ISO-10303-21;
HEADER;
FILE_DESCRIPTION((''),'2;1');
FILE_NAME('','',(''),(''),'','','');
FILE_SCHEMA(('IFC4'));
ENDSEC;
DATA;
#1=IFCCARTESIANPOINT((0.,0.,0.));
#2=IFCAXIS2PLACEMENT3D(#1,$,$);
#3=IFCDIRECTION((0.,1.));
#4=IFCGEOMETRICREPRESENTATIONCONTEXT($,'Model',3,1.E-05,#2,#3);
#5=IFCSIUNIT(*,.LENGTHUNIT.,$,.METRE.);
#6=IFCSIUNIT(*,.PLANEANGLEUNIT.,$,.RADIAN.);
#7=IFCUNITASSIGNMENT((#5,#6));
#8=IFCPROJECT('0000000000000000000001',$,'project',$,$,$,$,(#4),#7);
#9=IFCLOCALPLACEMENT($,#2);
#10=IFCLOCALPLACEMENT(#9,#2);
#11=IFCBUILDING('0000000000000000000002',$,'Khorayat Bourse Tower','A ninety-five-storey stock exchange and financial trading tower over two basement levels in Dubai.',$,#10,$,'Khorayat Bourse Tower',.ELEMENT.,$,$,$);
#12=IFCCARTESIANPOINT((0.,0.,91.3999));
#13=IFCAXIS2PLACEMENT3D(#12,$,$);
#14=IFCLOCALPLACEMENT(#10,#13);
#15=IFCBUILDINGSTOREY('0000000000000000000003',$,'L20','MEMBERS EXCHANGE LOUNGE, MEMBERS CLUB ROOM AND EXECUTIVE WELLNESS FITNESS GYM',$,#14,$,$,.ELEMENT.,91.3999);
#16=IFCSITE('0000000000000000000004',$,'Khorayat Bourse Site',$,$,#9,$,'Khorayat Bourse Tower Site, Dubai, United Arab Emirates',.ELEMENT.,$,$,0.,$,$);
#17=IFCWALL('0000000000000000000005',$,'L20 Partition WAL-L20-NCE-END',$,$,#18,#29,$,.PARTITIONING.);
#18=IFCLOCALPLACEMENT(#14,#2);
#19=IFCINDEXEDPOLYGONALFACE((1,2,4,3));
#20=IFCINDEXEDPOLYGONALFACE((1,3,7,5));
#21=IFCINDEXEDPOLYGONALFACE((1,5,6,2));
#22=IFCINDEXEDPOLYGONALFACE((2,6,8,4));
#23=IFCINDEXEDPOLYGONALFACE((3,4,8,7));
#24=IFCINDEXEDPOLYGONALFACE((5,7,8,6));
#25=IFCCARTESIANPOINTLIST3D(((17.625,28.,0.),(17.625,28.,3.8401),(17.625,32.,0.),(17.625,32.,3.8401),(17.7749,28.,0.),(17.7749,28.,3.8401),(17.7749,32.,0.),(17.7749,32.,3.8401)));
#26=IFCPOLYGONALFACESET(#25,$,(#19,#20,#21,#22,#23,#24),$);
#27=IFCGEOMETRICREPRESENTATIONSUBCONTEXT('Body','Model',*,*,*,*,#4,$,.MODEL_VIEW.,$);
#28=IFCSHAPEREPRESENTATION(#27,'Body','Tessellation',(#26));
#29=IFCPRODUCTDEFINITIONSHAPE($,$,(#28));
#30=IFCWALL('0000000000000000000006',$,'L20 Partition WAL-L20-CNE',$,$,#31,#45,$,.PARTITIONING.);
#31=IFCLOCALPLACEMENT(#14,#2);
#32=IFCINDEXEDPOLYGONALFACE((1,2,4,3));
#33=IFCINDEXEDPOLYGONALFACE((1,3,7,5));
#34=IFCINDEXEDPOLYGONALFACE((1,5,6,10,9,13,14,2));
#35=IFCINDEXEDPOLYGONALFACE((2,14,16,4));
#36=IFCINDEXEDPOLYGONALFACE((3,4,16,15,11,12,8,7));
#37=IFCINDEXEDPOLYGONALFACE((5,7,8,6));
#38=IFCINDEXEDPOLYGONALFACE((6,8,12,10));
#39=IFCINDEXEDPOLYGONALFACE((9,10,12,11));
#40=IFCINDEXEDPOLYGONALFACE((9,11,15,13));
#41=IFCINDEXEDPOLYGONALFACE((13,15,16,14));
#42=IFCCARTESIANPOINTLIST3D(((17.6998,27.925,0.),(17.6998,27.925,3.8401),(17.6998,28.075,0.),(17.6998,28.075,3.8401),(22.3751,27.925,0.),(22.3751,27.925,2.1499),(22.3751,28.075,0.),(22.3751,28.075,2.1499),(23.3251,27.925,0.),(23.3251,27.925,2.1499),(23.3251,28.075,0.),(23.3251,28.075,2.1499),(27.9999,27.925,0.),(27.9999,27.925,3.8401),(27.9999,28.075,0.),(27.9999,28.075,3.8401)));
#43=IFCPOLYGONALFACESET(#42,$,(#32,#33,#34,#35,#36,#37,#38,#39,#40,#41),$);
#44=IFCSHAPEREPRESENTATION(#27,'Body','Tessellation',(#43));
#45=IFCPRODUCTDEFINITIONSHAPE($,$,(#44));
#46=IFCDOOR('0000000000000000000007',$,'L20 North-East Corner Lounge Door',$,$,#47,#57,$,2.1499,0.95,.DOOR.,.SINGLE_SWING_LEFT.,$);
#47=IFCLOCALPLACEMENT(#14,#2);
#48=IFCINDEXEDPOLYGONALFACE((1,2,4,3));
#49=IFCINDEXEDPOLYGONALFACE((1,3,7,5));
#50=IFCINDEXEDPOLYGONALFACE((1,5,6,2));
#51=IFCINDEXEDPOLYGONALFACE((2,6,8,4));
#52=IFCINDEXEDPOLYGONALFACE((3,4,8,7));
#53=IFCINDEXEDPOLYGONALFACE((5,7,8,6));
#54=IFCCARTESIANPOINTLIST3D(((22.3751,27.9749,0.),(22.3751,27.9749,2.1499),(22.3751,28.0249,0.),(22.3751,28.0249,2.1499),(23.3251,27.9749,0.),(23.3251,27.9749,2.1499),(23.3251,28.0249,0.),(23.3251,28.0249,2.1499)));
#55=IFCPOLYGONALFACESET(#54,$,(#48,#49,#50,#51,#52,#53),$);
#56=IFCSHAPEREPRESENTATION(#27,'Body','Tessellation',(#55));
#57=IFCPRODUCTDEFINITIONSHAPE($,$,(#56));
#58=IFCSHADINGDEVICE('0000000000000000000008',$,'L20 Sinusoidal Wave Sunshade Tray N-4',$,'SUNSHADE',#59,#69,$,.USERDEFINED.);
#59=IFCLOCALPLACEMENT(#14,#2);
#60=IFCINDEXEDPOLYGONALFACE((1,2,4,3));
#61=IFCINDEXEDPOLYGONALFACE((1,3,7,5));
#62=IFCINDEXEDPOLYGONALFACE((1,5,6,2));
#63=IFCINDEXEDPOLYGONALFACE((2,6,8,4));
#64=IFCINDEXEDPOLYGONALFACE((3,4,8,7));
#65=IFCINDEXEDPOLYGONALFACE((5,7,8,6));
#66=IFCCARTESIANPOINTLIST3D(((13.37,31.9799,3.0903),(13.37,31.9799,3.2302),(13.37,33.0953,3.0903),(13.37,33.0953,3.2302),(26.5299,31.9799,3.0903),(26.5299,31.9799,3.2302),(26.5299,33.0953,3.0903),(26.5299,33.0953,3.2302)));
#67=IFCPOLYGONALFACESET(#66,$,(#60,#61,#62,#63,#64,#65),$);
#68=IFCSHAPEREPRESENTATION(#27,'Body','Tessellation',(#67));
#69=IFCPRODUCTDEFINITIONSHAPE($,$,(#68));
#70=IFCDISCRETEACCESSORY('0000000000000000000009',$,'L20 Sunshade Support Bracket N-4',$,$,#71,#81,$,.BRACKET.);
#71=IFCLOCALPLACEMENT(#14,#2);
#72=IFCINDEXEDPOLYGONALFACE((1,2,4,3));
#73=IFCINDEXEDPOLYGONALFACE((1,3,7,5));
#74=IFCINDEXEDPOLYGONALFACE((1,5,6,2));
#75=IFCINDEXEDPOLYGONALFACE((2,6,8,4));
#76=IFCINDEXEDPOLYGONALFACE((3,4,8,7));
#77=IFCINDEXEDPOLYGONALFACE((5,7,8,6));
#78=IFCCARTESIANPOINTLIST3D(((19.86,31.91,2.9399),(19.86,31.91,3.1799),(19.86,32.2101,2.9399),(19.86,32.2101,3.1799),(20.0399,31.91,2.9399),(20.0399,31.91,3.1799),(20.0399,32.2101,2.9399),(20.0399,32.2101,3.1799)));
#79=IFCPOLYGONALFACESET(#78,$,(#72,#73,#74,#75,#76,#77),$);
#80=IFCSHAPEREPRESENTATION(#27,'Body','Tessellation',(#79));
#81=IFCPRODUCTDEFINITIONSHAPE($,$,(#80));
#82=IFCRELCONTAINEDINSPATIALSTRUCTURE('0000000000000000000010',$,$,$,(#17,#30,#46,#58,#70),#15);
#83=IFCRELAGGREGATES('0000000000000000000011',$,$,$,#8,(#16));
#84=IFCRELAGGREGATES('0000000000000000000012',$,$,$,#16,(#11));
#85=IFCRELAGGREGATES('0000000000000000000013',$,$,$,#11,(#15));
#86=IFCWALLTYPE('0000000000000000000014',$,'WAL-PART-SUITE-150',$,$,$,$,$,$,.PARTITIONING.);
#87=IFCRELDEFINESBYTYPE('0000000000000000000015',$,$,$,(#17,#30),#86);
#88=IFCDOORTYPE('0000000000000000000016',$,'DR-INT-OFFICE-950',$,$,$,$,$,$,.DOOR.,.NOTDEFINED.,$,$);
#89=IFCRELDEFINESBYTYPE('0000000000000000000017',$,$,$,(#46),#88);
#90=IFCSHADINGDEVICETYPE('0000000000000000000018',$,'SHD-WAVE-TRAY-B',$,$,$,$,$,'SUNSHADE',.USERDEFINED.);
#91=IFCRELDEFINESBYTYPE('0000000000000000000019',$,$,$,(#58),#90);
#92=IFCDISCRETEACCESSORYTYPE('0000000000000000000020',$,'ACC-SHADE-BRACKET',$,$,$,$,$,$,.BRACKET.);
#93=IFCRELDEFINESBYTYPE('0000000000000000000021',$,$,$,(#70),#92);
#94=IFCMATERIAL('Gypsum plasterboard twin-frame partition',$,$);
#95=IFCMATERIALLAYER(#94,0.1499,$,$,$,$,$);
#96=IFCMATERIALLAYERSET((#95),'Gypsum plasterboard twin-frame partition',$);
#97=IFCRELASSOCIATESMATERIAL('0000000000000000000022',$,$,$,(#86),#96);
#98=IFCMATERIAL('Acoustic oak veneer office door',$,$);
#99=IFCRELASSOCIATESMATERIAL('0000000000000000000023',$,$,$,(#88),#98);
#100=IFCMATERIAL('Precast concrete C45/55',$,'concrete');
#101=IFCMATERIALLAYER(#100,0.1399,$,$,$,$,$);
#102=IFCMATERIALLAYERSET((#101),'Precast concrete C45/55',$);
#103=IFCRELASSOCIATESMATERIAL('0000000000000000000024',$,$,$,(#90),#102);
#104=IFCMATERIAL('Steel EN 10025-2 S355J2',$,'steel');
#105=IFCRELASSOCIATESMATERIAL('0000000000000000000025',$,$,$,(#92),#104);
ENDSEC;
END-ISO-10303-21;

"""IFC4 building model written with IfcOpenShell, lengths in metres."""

from ifc_helpers import new_model, si_unit, direction, frame, frame_2d, origin, origin_2d, place, context, subcontext, project, spatial, rectangle, extrude, source, transform, mapped, material, layer, layer_set, type_object, element, fill, save


model = new_model("IFC4")

# Units and contexts
model_context = context("Model", 3, precision=1e-05, world=origin(), true_north=direction((0.0, 1.0)))
body_context = subcontext(model_context, "Body", "Model", "MODEL_VIEW")
ifc_project = project(units=[si_unit("LENGTHUNIT", "METRE"), si_unit("PLANEANGLEUNIT", "RADIAN")], contexts=[model_context])

# Site, building, storey
site_placement = place(None, origin())
site = spatial("IfcSite", under=ifc_project, at=site_placement, Name="Khorayat Bourse Site", LongName="Khorayat Bourse Tower Site, Dubai, United Arab Emirates", CompositionType="ELEMENT", RefElevation=0.0)
building_placement = place(site_placement, origin())
building = spatial("IfcBuilding", under=site, at=building_placement, Name="Khorayat Bourse Tower", Description="A ninety-five-storey stock exchange and financial trading tower over two basement levels in Dubai.", LongName="Khorayat Bourse Tower", CompositionType="ELEMENT")
storey_placement = place(building_placement, frame((0.0, 0.0, 91.3999)))
storey = spatial("IfcBuildingStorey", under=building, at=storey_placement, Name="L20", Description="MEMBERS EXCHANGE LOUNGE, MEMBERS CLUB ROOM AND EXECUTIVE WELLNESS FITNESS GYM", CompositionType="ELEMENT", Elevation=91.3999)

# Shared definitions
ifc_material_1 = material(Name="Steel EN 10025-2 S355J2", Category="steel")

# Shared definitions
ifc_material_2 = material(Name="Precast concrete C45/55", Category="concrete")

# Wall
ifc_material_3 = material(Name="Gypsum plasterboard twin-frame partition")
ifc_layer_1 = layer(ifc_material_3, 0.1499)
ifc_layer_set_1 = layer_set([ifc_layer_1], Name="Gypsum plasterboard twin-frame partition")
wall_type_1 = type_object("IfcWallType", Name="WAL-PART-SUITE-150", PredefinedType="PARTITIONING", material=ifc_layer_set_1)
shared_shape_1 = source(origin(), body_context, "Body", "SweptSolid", [
    extrude(rectangle(XDim=4.0, YDim=0.1499, at=frame_2d((2.0, 0.0))), origin(), (0.0, 0.0, 1.0), 3.8401),
])
wall_1_placement = place(storey_placement, frame((17.7, 28.0, 0.0), z_axis=(0.0, 0.0, 1.0), x_axis=(0.0, 1.0, 0.0)))
element("IfcWall", 1, at=wall_1_placement, inside=storey, type_object=wall_type_1, Name="L20 Partition WAL-L20-NCE-END", PredefinedType="PARTITIONING", context=body_context, shape_type="MappedRepresentation", body=[
    mapped(shared_shape_1, transform((0.0, 0.0, 0.0), scale=1.0)),
])

# Wall, opening, door
shared_shape_2 = source(origin(), body_context, "Body", "SweptSolid", [
    extrude(rectangle(XDim=10.3, YDim=0.1499, at=frame_2d((5.1499, 0.0))), origin(), (0.0, 0.0, 1.0), 3.8401),
])
wall_2_placement = place(storey_placement, frame((17.7, 28.0, 0.0), z_axis=(0.0, 0.0, 1.0), x_axis=(1.0, 0.0, 0.0)))
wall_2 = element("IfcWall", 2, at=wall_2_placement, inside=storey, type_object=wall_type_1, Name="L20 Partition WAL-L20-CNE", PredefinedType="PARTITIONING", context=body_context, shape_type="MappedRepresentation", body=[
    mapped(shared_shape_2, transform((0.0, 0.0, 0.0), scale=1.0)),
])
shared_shape_3 = source(origin(), body_context, "Body", "SweptSolid", [
    extrude(rectangle(XDim=0.95, YDim=2.1499, at=frame_2d((0.4751, 1.075))), frame((0.0, 0.085, 0.0), z_axis=(0.0, -1.0, 0.0), x_axis=(1.0, 0.0, 0.0)), (0.0, 0.0, 1.0), 0.1699),
])
opening_1_placement = place(wall_2_placement, frame((4.675, 0.0, 0.0)))
opening_1 = element("IfcOpeningElement", 3, at=opening_1_placement, cuts=wall_2, PredefinedType="OPENING", context=body_context, shape_type="MappedRepresentation", body=[
    mapped(shared_shape_3, transform((0.0, 0.0, 0.0), scale=1.0)),
])
ifc_material_4 = material(Name="Acoustic oak veneer office door")
door_type = type_object("IfcDoorType", Name="DR-INT-OFFICE-950", OperationType="NOTDEFINED", PredefinedType="DOOR", material=ifc_material_4)
shared_shape_4 = source(origin(), body_context, "Body", "SweptSolid", [
    extrude(rectangle(XDim=0.95, YDim=2.1499, at=frame_2d((0.4751, 1.075))), frame((0.0, 0.0249, 0.0), z_axis=(0.0, -1.0, 0.0), x_axis=(1.0, 0.0, 0.0)), (0.0, 0.0, 1.0), 0.05),
])
door_placement = place(opening_1_placement, origin())
door = element("IfcDoor", 4, at=door_placement, inside=storey, type_object=door_type, Name="L20 North-East Corner Lounge Door", OperationType="SINGLE_SWING_LEFT", OverallHeight=2.1499, OverallWidth=0.95, PredefinedType="DOOR", context=body_context, shape_type="MappedRepresentation", body=[
    mapped(shared_shape_4, transform((0.0, 0.0, 0.0), scale=1.0)),
])
fill(opening_1, door)

# Shading device
ifc_layer_2 = layer(ifc_material_2, 0.1399)
ifc_layer_set_2 = layer_set([ifc_layer_2], Name="Precast concrete C45/55")
shading_device_type = type_object("IfcShadingDeviceType", Name="SHD-WAVE-TRAY-B", ElementType="SUNSHADE", PredefinedType="USERDEFINED", material=ifc_layer_set_2)
shared_shape_5 = source(origin(), body_context, "Body", "SweptSolid", [
    extrude(rectangle(XDim=13.1599, YDim=1.1155, at=origin_2d()), origin(), (0.0, 0.0, 1.0), 0.1399),
])
shading_device_placement = place(storey_placement, frame((19.95, 32.5376, 3.0903), z_axis=(0.0, 0.0, 1.0), x_axis=(1.0, 0.0, 0.0)))
element("IfcShadingDevice", 5, at=shading_device_placement, inside=storey, type_object=shading_device_type, Name="L20 Sinusoidal Wave Sunshade Tray N-4", ObjectType="SUNSHADE", PredefinedType="USERDEFINED", context=body_context, shape_type="MappedRepresentation", body=[
    mapped(shared_shape_5, transform((0.0, 0.0, 0.0), scale=1.0)),
])

# Discrete accessory
discrete_accessory_type = type_object("IfcDiscreteAccessoryType", Name="ACC-SHADE-BRACKET", PredefinedType="BRACKET", material=ifc_material_1)
shared_shape_6 = source(origin(), body_context, "Body", "SweptSolid", [
    extrude(rectangle(XDim=0.1799, YDim=0.3, at=origin_2d()), origin(), (0.0, 0.0, 1.0), 0.24),
])
discrete_accessory_placement = place(storey_placement, frame((19.95, 32.0601, 2.9399), z_axis=(0.0, 0.0, 1.0), x_axis=(1.0, 0.0, 0.0)))
element("IfcDiscreteAccessory", 6, at=discrete_accessory_placement, inside=storey, type_object=discrete_accessory_type, Name="L20 Sunshade Support Bracket N-4", PredefinedType="BRACKET", context=body_context, shape_type="MappedRepresentation", body=[
    mapped(shared_shape_6, transform((0.0, 0.0, 0.0), scale=1.0)),
])

save(model, "model.ifc")
